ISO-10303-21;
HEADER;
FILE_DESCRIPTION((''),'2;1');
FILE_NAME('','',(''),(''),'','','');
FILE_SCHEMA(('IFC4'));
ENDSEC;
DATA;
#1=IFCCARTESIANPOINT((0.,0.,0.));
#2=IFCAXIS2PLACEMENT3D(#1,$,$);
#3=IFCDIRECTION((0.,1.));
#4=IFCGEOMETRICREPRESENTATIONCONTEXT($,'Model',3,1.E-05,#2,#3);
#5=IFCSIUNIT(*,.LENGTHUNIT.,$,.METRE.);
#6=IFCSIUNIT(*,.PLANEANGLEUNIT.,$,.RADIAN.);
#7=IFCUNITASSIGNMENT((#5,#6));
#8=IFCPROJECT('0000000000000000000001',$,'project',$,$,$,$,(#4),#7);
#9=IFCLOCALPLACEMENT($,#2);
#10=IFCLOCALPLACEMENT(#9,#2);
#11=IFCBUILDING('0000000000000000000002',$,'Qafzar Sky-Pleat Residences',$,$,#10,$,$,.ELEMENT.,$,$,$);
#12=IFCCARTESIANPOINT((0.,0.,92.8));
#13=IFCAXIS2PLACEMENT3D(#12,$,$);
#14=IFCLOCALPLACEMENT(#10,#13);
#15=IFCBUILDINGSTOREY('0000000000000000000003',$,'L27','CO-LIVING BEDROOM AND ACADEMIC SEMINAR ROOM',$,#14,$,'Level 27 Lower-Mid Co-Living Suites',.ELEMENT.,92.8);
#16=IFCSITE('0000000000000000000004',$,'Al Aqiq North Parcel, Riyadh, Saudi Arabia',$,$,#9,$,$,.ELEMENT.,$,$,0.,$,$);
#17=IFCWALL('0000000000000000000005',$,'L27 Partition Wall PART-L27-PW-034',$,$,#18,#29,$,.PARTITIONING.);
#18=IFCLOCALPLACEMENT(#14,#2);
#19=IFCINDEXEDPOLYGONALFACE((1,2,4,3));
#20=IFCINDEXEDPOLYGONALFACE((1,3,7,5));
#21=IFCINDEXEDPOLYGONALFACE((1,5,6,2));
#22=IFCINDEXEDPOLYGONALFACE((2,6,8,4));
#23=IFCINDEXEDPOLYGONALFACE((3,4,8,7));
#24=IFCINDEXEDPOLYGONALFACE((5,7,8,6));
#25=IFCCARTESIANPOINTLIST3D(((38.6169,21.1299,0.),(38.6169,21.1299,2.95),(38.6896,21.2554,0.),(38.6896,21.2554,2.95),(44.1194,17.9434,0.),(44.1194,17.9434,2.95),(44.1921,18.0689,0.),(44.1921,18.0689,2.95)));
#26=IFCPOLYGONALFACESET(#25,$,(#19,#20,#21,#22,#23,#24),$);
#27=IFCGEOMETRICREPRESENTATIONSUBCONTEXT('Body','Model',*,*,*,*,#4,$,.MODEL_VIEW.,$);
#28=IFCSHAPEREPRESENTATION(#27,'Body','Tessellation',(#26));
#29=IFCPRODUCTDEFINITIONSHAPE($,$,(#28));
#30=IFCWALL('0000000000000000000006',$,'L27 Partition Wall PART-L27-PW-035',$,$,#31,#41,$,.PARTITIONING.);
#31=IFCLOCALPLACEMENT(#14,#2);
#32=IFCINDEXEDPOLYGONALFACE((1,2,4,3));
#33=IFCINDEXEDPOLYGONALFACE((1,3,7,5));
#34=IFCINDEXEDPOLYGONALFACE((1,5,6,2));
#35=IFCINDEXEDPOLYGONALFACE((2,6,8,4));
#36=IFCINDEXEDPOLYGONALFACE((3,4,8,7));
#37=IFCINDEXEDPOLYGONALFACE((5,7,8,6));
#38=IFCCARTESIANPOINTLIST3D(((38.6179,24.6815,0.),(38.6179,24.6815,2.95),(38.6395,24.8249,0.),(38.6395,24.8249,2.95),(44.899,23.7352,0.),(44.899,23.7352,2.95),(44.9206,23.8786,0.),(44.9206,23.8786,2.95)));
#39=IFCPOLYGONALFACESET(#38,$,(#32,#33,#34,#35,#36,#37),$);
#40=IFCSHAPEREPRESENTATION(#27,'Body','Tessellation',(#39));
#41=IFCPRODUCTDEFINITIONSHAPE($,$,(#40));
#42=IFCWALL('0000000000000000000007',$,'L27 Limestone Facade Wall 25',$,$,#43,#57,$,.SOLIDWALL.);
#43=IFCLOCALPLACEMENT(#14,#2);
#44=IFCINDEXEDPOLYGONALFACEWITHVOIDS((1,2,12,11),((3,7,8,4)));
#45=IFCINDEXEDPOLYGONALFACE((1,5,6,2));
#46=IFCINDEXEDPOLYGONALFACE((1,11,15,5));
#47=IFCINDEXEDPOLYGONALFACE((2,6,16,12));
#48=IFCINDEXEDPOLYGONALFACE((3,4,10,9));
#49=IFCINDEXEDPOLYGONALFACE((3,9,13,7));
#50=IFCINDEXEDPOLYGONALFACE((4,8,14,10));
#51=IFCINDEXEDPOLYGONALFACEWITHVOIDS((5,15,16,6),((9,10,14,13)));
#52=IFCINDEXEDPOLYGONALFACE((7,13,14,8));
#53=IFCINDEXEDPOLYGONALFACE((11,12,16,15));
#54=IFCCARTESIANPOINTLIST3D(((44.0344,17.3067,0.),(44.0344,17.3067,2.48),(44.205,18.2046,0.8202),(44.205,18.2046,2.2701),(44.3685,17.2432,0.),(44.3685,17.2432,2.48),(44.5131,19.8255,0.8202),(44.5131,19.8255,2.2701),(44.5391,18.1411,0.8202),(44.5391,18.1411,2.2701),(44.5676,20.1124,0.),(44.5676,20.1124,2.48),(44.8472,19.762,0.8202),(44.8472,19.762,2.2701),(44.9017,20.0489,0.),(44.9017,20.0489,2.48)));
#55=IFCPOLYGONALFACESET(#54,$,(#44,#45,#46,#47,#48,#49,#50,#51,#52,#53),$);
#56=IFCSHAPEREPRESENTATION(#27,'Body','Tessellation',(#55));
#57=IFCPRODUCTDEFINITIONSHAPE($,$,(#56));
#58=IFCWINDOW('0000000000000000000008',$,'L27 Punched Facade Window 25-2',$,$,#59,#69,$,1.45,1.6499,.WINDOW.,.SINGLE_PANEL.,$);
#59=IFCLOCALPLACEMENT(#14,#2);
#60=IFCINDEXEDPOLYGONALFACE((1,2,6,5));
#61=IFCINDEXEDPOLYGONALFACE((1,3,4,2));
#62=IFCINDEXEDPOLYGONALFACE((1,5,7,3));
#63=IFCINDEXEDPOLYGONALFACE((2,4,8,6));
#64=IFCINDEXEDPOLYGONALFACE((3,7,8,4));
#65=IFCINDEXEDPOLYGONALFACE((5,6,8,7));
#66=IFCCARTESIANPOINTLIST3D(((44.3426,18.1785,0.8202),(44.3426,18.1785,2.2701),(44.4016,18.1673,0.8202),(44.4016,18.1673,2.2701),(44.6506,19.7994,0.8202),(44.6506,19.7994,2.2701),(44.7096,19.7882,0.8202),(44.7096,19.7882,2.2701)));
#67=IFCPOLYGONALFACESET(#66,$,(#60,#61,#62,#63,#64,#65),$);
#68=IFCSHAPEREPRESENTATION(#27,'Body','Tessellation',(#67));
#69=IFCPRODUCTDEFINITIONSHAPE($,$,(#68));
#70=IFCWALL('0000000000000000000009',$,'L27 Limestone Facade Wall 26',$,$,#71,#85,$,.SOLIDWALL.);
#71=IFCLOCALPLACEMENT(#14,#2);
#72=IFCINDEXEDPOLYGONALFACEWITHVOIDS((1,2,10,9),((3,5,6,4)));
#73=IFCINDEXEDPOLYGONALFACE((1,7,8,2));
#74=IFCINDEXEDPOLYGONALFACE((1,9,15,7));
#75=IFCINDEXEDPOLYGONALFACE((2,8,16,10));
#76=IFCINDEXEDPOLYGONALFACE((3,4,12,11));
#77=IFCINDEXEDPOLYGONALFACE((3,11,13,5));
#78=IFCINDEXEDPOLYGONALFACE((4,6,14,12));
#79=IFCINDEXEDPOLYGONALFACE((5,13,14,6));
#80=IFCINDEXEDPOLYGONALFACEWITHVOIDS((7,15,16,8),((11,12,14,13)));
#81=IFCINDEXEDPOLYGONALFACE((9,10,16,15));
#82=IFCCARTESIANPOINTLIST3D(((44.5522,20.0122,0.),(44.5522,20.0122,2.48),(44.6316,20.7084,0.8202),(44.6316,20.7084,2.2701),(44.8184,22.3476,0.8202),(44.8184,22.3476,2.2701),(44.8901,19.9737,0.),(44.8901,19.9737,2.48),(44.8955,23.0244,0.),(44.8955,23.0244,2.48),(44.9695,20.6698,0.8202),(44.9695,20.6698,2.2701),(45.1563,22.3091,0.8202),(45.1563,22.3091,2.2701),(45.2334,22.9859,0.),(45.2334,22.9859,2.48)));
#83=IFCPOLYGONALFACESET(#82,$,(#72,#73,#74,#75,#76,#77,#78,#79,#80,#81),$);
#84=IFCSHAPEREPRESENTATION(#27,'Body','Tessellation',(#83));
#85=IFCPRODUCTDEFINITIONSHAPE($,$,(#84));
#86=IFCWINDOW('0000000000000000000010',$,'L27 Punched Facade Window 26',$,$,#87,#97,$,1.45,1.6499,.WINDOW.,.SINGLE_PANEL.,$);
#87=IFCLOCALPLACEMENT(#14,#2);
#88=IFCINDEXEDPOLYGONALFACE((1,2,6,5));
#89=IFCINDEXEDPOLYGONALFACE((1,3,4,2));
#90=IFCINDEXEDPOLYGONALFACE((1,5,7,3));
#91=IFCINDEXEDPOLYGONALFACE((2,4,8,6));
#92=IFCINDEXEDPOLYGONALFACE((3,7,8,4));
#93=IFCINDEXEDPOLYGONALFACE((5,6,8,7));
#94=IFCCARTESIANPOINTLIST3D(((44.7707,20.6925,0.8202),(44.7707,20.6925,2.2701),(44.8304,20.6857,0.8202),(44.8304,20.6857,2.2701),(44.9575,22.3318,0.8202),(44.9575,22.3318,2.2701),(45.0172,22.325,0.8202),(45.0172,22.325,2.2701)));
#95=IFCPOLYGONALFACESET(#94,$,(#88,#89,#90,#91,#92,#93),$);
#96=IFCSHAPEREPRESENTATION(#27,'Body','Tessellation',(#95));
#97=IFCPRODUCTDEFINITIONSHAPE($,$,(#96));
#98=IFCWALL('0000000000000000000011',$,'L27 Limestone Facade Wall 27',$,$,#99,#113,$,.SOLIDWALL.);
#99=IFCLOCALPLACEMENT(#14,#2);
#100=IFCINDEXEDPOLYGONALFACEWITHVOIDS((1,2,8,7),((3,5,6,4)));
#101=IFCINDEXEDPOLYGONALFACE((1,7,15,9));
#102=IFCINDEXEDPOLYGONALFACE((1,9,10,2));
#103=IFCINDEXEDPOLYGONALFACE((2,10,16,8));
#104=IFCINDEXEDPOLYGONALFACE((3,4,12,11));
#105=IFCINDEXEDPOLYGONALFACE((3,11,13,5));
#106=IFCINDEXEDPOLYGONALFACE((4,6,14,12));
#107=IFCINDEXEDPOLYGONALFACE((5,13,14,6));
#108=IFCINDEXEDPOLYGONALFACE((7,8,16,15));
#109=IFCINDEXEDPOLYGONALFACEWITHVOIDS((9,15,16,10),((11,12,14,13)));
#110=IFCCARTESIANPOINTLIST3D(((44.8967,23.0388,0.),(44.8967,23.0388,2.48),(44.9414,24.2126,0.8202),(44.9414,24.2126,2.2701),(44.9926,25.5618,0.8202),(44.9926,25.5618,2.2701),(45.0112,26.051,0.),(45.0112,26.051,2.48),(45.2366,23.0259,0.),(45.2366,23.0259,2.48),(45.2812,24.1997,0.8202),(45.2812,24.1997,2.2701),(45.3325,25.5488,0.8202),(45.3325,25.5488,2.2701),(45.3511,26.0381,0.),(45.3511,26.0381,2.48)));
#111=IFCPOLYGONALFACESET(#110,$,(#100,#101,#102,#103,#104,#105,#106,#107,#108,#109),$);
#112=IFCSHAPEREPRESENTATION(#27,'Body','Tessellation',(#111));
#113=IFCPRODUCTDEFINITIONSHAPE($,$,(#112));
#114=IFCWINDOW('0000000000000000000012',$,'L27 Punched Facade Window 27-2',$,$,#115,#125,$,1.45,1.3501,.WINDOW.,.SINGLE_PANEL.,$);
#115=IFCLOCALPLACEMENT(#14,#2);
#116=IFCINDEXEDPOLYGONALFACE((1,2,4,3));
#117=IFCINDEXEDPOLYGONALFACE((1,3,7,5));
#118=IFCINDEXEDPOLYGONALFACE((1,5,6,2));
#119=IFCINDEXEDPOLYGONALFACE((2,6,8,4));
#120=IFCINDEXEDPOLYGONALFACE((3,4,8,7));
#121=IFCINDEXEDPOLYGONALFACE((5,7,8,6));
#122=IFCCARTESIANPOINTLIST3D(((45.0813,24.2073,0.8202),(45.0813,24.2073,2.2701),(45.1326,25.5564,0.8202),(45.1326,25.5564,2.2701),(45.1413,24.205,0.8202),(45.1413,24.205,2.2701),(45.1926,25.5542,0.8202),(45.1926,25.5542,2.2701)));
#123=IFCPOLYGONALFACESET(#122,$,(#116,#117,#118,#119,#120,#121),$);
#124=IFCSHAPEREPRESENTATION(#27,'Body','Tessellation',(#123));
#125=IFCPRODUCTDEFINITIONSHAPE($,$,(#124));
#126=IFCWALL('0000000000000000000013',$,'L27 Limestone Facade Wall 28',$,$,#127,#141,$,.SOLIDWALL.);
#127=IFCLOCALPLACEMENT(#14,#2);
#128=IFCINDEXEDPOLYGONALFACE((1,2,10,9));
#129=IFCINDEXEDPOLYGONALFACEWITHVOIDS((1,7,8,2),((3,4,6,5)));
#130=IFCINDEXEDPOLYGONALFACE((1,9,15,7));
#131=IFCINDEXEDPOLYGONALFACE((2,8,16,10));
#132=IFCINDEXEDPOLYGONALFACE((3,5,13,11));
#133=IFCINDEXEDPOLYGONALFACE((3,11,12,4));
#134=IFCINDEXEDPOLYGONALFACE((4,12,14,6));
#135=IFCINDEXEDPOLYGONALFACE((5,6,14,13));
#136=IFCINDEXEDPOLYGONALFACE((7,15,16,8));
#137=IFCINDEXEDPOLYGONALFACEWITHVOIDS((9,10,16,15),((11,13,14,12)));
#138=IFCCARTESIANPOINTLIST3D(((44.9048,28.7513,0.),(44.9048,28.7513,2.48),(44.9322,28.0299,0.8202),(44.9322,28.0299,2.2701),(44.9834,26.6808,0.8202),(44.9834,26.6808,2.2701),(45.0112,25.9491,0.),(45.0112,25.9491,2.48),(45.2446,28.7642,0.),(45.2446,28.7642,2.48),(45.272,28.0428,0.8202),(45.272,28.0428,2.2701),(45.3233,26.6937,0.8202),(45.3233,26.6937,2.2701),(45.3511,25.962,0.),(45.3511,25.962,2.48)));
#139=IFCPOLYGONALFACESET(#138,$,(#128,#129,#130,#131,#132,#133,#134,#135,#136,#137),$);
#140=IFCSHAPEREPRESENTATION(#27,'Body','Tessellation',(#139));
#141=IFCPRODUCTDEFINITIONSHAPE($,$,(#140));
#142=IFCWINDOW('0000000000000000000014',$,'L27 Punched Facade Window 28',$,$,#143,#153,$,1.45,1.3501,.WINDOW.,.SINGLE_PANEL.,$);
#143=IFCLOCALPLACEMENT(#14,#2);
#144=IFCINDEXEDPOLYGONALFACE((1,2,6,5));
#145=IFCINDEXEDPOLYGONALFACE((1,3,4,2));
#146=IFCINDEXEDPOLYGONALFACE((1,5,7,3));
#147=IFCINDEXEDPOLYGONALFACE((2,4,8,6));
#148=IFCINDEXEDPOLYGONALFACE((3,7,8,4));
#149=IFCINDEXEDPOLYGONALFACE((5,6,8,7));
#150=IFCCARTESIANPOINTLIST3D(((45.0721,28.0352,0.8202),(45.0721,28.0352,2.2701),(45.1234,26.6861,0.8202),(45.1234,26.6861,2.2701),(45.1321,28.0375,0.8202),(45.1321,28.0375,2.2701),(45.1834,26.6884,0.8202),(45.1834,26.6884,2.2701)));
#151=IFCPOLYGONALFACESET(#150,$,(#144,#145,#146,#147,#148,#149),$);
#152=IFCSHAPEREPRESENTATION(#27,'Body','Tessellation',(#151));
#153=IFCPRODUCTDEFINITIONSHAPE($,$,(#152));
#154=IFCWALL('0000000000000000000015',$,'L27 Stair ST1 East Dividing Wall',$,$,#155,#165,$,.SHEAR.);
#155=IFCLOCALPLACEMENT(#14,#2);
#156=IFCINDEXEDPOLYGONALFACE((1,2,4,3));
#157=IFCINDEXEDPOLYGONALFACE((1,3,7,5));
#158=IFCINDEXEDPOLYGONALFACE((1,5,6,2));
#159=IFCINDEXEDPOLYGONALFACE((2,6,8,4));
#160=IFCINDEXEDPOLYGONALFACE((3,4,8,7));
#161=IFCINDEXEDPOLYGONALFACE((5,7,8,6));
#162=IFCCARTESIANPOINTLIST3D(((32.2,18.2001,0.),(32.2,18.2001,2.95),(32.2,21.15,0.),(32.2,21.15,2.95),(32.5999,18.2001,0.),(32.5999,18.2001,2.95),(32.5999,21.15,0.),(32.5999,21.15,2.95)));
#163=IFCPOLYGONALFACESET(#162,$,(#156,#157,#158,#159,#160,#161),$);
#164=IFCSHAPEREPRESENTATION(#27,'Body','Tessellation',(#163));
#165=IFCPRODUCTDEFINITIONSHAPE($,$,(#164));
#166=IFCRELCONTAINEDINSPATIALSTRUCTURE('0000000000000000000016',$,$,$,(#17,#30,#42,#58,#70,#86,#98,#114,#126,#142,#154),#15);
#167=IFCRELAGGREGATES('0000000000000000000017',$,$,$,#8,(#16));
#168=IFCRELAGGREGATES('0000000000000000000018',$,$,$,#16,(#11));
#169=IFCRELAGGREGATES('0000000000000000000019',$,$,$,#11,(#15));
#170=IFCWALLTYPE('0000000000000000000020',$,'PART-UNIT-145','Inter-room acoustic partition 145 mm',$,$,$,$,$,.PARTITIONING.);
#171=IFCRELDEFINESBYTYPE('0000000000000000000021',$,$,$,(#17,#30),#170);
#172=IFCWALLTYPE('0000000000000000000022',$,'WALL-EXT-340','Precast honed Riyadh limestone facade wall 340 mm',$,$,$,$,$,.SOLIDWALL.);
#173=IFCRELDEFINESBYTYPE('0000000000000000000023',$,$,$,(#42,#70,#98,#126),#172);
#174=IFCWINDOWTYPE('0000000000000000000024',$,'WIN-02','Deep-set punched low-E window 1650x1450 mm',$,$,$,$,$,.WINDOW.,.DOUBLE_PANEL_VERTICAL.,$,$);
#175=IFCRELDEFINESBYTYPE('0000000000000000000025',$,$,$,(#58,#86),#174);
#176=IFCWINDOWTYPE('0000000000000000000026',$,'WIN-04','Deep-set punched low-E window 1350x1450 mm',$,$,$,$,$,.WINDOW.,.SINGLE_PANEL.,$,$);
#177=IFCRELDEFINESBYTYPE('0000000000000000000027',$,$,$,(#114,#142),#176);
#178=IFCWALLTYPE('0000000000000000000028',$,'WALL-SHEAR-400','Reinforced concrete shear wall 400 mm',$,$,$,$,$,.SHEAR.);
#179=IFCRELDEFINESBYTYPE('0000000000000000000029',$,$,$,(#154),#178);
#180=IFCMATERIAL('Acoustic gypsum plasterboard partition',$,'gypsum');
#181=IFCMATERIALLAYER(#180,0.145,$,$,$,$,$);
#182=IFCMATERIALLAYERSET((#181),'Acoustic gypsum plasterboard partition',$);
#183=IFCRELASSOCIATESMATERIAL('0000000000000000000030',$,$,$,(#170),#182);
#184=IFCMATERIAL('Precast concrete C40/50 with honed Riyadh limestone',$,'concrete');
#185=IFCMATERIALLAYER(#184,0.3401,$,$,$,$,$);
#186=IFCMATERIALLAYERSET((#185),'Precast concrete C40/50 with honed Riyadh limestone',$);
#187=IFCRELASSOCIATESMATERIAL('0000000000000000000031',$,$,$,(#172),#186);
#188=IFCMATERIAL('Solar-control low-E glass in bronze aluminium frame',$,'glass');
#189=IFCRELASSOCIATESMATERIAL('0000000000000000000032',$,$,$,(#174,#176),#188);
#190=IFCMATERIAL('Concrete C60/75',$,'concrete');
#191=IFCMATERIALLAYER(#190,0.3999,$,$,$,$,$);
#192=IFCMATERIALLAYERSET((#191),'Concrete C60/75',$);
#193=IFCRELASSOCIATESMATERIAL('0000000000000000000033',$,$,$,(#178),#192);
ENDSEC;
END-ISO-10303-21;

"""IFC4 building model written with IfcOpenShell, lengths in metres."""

from ifc_helpers import new_model, si_unit, direction, frame, frame_2d, origin, place, context, subcontext, project, spatial, rectangle, extrude, source, transform, mapped, material, layer, layer_set, type_object, element, fill, save


model = new_model("IFC4")

# Units and contexts
model_context = context("Model", 3, precision=1e-05, world=origin(), true_north=direction((0.0, 1.0)))
body_context = subcontext(model_context, "Body", "Model", "MODEL_VIEW")
ifc_project = project(units=[si_unit("LENGTHUNIT", "METRE"), si_unit("PLANEANGLEUNIT", "RADIAN")], contexts=[model_context])

# Site, building, storey
site_placement = place(None, origin())
site = spatial("IfcSite", under=ifc_project, at=site_placement, Name="Al Aqiq North Parcel, Riyadh, Saudi Arabia", CompositionType="ELEMENT", RefElevation=0.0)
building_placement = place(site_placement, origin())
building = spatial("IfcBuilding", under=site, at=building_placement, Name="Qafzar Sky-Pleat Residences", CompositionType="ELEMENT")
storey_placement = place(building_placement, frame((0.0, 0.0, 92.8)))
storey = spatial("IfcBuildingStorey", under=building, at=storey_placement, Name="L27", Description="CO-LIVING BEDROOM AND ACADEMIC SEMINAR ROOM", LongName="Level 27 Lower-Mid Co-Living Suites", CompositionType="ELEMENT", Elevation=92.8)

# Shared definitions
ifc_material_1 = material(Name="Acoustic gypsum plasterboard partition", Category="gypsum")

# Walls
ifc_layer_1 = layer(ifc_material_1, 0.145)
ifc_layer_set_1 = layer_set([ifc_layer_1], Name="Acoustic gypsum plasterboard partition")
wall_type_1 = type_object("IfcWallType", Name="PART-UNIT-145", Description="Inter-room acoustic partition 145 mm", PredefinedType="PARTITIONING", material=ifc_layer_set_1)
wall_1_placement = place(storey_placement, frame((38.6533, 21.1926, 0.0), z_axis=(0.0, 0.0, 1.0), x_axis=(0.865365, -0.501142, 0.0)))
element("IfcWall", 1, at=wall_1_placement, inside=storey, type_object=wall_type_1, Name="L27 Partition Wall PART-L27-PW-034", PredefinedType="PARTITIONING", context=body_context, shape_type="SweptSolid", body=[
    extrude(rectangle(XDim=6.3586, YDim=0.145, at=frame_2d((3.1792, 0.0))), origin(), (0.0, 0.0, 1.0), 2.95),
])
wall_2_placement = place(storey_placement, frame((38.6287, 24.7532, 0.0), z_axis=(0.0, 0.0, 1.0), x_axis=(0.988841, -0.148972, 0.0)))
element("IfcWall", 2, at=wall_2_placement, inside=storey, type_object=wall_type_1, Name="L27 Partition Wall PART-L27-PW-035", PredefinedType="PARTITIONING", context=body_context, shape_type="SweptSolid", body=[
    extrude(rectangle(XDim=6.3521, YDim=0.145, at=frame_2d((3.176, 0.0))), origin(), (0.0, 0.0, 1.0), 2.95),
])

# Walls, openings, windows
ifc_material_2 = material(Name="Precast concrete C40/50 with honed Riyadh limestone", Category="concrete")
ifc_layer_2 = layer(ifc_material_2, 0.3401)
ifc_layer_set_2 = layer_set([ifc_layer_2], Name="Precast concrete C40/50 with honed Riyadh limestone")
wall_type_2 = type_object("IfcWallType", Name="WALL-EXT-340", Description="Precast honed Riyadh limestone facade wall 340 mm", PredefinedType="SOLIDWALL", material=ifc_layer_set_2)
wall_3_placement = place(storey_placement, frame((44.2014, 17.2749, 0.0), z_axis=(0.0, 0.0, 1.0), x_axis=(0.186704, 0.982416, 0.0)))
wall_3 = element("IfcWall", 3, at=wall_3_placement, inside=storey, type_object=wall_type_2, Name="L27 Limestone Facade Wall 25", PredefinedType="SOLIDWALL", context=body_context, shape_type="SweptSolid", body=[
    extrude(rectangle(XDim=2.856, YDim=0.3401, at=frame_2d((1.428, 0.0))), origin(), (0.0, 0.0, 1.0), 2.48),
])
opening_1_placement = place(wall_3_placement, frame((0.9141, 0.0, 0.8201)))
opening_1 = element("IfcOpeningElement", 4, at=opening_1_placement, cuts=wall_3, PredefinedType="OPENING", context=body_context, shape_type="SweptSolid", body=[
    extrude(rectangle(XDim=1.6499, YDim=1.45, at=frame_2d((0.825, 0.7251))), frame((0.0, 0.1802, 0.0), z_axis=(0.0, -1.0, 0.0), x_axis=(1.0, 0.0, 0.0)), (0.0, 0.0, 1.0), 0.3601),
])
ifc_material_3 = material(Name="Solar-control low-E glass in bronze aluminium frame", Category="glass")
window_type_1 = type_object("IfcWindowType", Name="WIN-02", Description="Deep-set punched low-E window 1650x1450 mm", PartitioningType="DOUBLE_PANEL_VERTICAL", PredefinedType="WINDOW", material=ifc_material_3)
shared_shape_1 = source(origin(), body_context, "Body", "SweptSolid", [
    extrude(rectangle(XDim=1.6499, YDim=1.45, at=frame_2d((0.825, 0.7251))), frame((0.0, 0.03, 0.0), z_axis=(0.0, -1.0, 0.0), x_axis=(1.0, 0.0, 0.0)), (0.0, 0.0, 1.0), 0.0601),
])
window_1_placement = place(opening_1_placement, origin())
window_1 = element("IfcWindow", 5, at=window_1_placement, inside=storey, type_object=window_type_1, Name="L27 Punched Facade Window 25-2", OverallHeight=1.45, OverallWidth=1.6499, PartitioningType="SINGLE_PANEL", PredefinedType="WINDOW", context=body_context, shape_type="MappedRepresentation", body=[
    mapped(shared_shape_1, transform((0.0, 0.0, 0.0), x_axis=(1.0, 0.0, 0.0), y_axis=(0.0, 1.0, 0.0), z_axis=(0.0, 0.0, 1.0), scale=1.0)),
])
fill(opening_1, window_1)
wall_4_placement = place(storey_placement, frame((44.7212, 19.9929, 0.0), z_axis=(0.0, 0.0, 1.0), x_axis=(0.113224, 0.993569, 0.0)))
wall_4 = element("IfcWall", 6, at=wall_4_placement, inside=storey, type_object=wall_type_2, Name="L27 Limestone Facade Wall 26", PredefinedType="SOLIDWALL", context=body_context, shape_type="SweptSolid", body=[
    extrude(rectangle(XDim=3.0317, YDim=0.3401, at=frame_2d((1.5159, 0.0))), origin(), (0.0, 0.0, 1.0), 2.48),
])
opening_2_placement = place(wall_4_placement, frame((0.7007, 0.0, 0.8201)))
opening_2 = element("IfcOpeningElement", 7, at=opening_2_placement, cuts=wall_4, PredefinedType="OPENING", context=body_context, shape_type="SweptSolid", body=[
    extrude(rectangle(XDim=1.6499, YDim=1.45, at=frame_2d((0.825, 0.7251))), frame((0.0, 0.1802, 0.0), z_axis=(0.0, -1.0, 0.0), x_axis=(1.0, 0.0, 0.0)), (0.0, 0.0, 1.0), 0.3601),
])
window_2_placement = place(opening_2_placement, origin())
window_2 = element("IfcWindow", 8, at=window_2_placement, inside=storey, type_object=window_type_1, Name="L27 Punched Facade Window 26", OverallHeight=1.45, OverallWidth=1.6499, PartitioningType="SINGLE_PANEL", PredefinedType="WINDOW", context=body_context, shape_type="MappedRepresentation", body=[
    mapped(shared_shape_1, transform((0.0, 0.0, 0.0), x_axis=(1.0, 0.0, 0.0), y_axis=(0.0, 1.0, 0.0), z_axis=(0.0, 0.0, 1.0), scale=1.0)),
])
fill(opening_2, window_2)
wall_5_placement = place(storey_placement, frame((45.0667, 23.0322, 0.0), z_axis=(0.0, 0.0, 1.0), x_axis=(0.037985, 0.999278, 0.0)))
wall_5 = element("IfcWall", 9, at=wall_5_placement, inside=storey, type_object=wall_type_2, Name="L27 Limestone Facade Wall 27", PredefinedType="SOLIDWALL", context=body_context, shape_type="SweptSolid", body=[
    extrude(rectangle(XDim=3.0144, YDim=0.3401, at=frame_2d((1.5073, 0.0))), origin(), (0.0, 0.0, 1.0), 2.48),
])
opening_3_placement = place(wall_5_placement, frame((1.1748, 0.0, 0.8201)))
opening_3 = element("IfcOpeningElement", 10, at=opening_3_placement, cuts=wall_5, PredefinedType="OPENING", context=body_context, shape_type="SweptSolid", body=[
    extrude(rectangle(XDim=1.3501, YDim=1.45, at=frame_2d((0.675, 0.7251))), frame((0.0, 0.1802, 0.0), z_axis=(0.0, -1.0, 0.0), x_axis=(1.0, 0.0, 0.0)), (0.0, 0.0, 1.0), 0.3601),
])
window_type_2 = type_object("IfcWindowType", Name="WIN-04", Description="Deep-set punched low-E window 1350x1450 mm", PartitioningType="SINGLE_PANEL", PredefinedType="WINDOW", material=ifc_material_3)
shared_shape_2 = source(origin(), body_context, "Body", "SweptSolid", [
    extrude(rectangle(XDim=1.3501, YDim=1.45, at=frame_2d((0.675, 0.7251))), frame((0.0, 0.03, 0.0), z_axis=(0.0, -1.0, 0.0), x_axis=(1.0, 0.0, 0.0)), (0.0, 0.0, 1.0), 0.0601),
])
window_3_placement = place(opening_3_placement, origin())
window_3 = element("IfcWindow", 11, at=window_3_placement, inside=storey, type_object=window_type_2, Name="L27 Punched Facade Window 27-2", OverallHeight=1.45, OverallWidth=1.3501, PartitioningType="SINGLE_PANEL", PredefinedType="WINDOW", context=body_context, shape_type="MappedRepresentation", body=[
    mapped(shared_shape_2, transform((0.0, 0.0, 0.0), x_axis=(1.0, 0.0, 0.0), y_axis=(0.0, 1.0, 0.0), z_axis=(0.0, 0.0, 1.0), scale=1.0)),
])
fill(opening_3, window_3)
wall_6_placement = place(storey_placement, frame((45.1812, 25.9556, 0.0), z_axis=(0.0, 0.0, 1.0), x_axis=(-0.037958, 0.999279, 0.0)))
wall_6 = element("IfcWall", 12, at=wall_6_placement, inside=storey, type_object=wall_type_2, Name="L27 Limestone Facade Wall 28", PredefinedType="SOLIDWALL", context=body_context, shape_type="SweptSolid", body=[
    extrude(rectangle(XDim=2.8042, YDim=0.3401, at=frame_2d((1.4021, 0.0))), origin(), (0.0, 0.0, 1.0), 2.48),
])
opening_4_placement = place(wall_6_placement, frame((0.7322, 0.0, 0.8201)))
opening_4 = element("IfcOpeningElement", 13, at=opening_4_placement, cuts=wall_6, PredefinedType="OPENING", context=body_context, shape_type="SweptSolid", body=[
    extrude(rectangle(XDim=1.3501, YDim=1.45, at=frame_2d((0.675, 0.7251))), frame((0.0, 0.1802, 0.0), z_axis=(0.0, -1.0, 0.0), x_axis=(1.0, 0.0, 0.0)), (0.0, 0.0, 1.0), 0.3601),
])
window_4_placement = place(opening_4_placement, origin())
window_4 = element("IfcWindow", 14, at=window_4_placement, inside=storey, type_object=window_type_2, Name="L27 Punched Facade Window 28", OverallHeight=1.45, OverallWidth=1.3501, PartitioningType="SINGLE_PANEL", PredefinedType="WINDOW", context=body_context, shape_type="MappedRepresentation", body=[
    mapped(shared_shape_2, transform((0.0, 0.0, 0.0), x_axis=(1.0, 0.0, 0.0), y_axis=(0.0, 1.0, 0.0), z_axis=(0.0, 0.0, 1.0), scale=1.0)),
])
fill(opening_4, window_4)

# Wall
ifc_material_4 = material(Name="Concrete C60/75", Category="concrete")
ifc_layer_3 = layer(ifc_material_4, 0.3999)
ifc_layer_set_3 = layer_set([ifc_layer_3], Name="Concrete C60/75")
wall_type_3 = type_object("IfcWallType", Name="WALL-SHEAR-400", Description="Reinforced concrete shear wall 400 mm", PredefinedType="SHEAR", material=ifc_layer_set_3)
wall_7_placement = place(storey_placement, frame((32.3999, 18.2, 0.0), z_axis=(0.0, 0.0, 1.0), x_axis=(0.0, 1.0, 0.0)))
element("IfcWall", 15, at=wall_7_placement, inside=storey, type_object=wall_type_3, Name="L27 Stair ST1 East Dividing Wall", PredefinedType="SHEAR", context=body_context, shape_type="SweptSolid", body=[
    extrude(rectangle(XDim=2.95, YDim=0.3999, at=frame_2d((1.4751, 0.0))), origin(), (0.0, 0.0, 1.0), 2.95),
])

save(model, "model.ifc")
